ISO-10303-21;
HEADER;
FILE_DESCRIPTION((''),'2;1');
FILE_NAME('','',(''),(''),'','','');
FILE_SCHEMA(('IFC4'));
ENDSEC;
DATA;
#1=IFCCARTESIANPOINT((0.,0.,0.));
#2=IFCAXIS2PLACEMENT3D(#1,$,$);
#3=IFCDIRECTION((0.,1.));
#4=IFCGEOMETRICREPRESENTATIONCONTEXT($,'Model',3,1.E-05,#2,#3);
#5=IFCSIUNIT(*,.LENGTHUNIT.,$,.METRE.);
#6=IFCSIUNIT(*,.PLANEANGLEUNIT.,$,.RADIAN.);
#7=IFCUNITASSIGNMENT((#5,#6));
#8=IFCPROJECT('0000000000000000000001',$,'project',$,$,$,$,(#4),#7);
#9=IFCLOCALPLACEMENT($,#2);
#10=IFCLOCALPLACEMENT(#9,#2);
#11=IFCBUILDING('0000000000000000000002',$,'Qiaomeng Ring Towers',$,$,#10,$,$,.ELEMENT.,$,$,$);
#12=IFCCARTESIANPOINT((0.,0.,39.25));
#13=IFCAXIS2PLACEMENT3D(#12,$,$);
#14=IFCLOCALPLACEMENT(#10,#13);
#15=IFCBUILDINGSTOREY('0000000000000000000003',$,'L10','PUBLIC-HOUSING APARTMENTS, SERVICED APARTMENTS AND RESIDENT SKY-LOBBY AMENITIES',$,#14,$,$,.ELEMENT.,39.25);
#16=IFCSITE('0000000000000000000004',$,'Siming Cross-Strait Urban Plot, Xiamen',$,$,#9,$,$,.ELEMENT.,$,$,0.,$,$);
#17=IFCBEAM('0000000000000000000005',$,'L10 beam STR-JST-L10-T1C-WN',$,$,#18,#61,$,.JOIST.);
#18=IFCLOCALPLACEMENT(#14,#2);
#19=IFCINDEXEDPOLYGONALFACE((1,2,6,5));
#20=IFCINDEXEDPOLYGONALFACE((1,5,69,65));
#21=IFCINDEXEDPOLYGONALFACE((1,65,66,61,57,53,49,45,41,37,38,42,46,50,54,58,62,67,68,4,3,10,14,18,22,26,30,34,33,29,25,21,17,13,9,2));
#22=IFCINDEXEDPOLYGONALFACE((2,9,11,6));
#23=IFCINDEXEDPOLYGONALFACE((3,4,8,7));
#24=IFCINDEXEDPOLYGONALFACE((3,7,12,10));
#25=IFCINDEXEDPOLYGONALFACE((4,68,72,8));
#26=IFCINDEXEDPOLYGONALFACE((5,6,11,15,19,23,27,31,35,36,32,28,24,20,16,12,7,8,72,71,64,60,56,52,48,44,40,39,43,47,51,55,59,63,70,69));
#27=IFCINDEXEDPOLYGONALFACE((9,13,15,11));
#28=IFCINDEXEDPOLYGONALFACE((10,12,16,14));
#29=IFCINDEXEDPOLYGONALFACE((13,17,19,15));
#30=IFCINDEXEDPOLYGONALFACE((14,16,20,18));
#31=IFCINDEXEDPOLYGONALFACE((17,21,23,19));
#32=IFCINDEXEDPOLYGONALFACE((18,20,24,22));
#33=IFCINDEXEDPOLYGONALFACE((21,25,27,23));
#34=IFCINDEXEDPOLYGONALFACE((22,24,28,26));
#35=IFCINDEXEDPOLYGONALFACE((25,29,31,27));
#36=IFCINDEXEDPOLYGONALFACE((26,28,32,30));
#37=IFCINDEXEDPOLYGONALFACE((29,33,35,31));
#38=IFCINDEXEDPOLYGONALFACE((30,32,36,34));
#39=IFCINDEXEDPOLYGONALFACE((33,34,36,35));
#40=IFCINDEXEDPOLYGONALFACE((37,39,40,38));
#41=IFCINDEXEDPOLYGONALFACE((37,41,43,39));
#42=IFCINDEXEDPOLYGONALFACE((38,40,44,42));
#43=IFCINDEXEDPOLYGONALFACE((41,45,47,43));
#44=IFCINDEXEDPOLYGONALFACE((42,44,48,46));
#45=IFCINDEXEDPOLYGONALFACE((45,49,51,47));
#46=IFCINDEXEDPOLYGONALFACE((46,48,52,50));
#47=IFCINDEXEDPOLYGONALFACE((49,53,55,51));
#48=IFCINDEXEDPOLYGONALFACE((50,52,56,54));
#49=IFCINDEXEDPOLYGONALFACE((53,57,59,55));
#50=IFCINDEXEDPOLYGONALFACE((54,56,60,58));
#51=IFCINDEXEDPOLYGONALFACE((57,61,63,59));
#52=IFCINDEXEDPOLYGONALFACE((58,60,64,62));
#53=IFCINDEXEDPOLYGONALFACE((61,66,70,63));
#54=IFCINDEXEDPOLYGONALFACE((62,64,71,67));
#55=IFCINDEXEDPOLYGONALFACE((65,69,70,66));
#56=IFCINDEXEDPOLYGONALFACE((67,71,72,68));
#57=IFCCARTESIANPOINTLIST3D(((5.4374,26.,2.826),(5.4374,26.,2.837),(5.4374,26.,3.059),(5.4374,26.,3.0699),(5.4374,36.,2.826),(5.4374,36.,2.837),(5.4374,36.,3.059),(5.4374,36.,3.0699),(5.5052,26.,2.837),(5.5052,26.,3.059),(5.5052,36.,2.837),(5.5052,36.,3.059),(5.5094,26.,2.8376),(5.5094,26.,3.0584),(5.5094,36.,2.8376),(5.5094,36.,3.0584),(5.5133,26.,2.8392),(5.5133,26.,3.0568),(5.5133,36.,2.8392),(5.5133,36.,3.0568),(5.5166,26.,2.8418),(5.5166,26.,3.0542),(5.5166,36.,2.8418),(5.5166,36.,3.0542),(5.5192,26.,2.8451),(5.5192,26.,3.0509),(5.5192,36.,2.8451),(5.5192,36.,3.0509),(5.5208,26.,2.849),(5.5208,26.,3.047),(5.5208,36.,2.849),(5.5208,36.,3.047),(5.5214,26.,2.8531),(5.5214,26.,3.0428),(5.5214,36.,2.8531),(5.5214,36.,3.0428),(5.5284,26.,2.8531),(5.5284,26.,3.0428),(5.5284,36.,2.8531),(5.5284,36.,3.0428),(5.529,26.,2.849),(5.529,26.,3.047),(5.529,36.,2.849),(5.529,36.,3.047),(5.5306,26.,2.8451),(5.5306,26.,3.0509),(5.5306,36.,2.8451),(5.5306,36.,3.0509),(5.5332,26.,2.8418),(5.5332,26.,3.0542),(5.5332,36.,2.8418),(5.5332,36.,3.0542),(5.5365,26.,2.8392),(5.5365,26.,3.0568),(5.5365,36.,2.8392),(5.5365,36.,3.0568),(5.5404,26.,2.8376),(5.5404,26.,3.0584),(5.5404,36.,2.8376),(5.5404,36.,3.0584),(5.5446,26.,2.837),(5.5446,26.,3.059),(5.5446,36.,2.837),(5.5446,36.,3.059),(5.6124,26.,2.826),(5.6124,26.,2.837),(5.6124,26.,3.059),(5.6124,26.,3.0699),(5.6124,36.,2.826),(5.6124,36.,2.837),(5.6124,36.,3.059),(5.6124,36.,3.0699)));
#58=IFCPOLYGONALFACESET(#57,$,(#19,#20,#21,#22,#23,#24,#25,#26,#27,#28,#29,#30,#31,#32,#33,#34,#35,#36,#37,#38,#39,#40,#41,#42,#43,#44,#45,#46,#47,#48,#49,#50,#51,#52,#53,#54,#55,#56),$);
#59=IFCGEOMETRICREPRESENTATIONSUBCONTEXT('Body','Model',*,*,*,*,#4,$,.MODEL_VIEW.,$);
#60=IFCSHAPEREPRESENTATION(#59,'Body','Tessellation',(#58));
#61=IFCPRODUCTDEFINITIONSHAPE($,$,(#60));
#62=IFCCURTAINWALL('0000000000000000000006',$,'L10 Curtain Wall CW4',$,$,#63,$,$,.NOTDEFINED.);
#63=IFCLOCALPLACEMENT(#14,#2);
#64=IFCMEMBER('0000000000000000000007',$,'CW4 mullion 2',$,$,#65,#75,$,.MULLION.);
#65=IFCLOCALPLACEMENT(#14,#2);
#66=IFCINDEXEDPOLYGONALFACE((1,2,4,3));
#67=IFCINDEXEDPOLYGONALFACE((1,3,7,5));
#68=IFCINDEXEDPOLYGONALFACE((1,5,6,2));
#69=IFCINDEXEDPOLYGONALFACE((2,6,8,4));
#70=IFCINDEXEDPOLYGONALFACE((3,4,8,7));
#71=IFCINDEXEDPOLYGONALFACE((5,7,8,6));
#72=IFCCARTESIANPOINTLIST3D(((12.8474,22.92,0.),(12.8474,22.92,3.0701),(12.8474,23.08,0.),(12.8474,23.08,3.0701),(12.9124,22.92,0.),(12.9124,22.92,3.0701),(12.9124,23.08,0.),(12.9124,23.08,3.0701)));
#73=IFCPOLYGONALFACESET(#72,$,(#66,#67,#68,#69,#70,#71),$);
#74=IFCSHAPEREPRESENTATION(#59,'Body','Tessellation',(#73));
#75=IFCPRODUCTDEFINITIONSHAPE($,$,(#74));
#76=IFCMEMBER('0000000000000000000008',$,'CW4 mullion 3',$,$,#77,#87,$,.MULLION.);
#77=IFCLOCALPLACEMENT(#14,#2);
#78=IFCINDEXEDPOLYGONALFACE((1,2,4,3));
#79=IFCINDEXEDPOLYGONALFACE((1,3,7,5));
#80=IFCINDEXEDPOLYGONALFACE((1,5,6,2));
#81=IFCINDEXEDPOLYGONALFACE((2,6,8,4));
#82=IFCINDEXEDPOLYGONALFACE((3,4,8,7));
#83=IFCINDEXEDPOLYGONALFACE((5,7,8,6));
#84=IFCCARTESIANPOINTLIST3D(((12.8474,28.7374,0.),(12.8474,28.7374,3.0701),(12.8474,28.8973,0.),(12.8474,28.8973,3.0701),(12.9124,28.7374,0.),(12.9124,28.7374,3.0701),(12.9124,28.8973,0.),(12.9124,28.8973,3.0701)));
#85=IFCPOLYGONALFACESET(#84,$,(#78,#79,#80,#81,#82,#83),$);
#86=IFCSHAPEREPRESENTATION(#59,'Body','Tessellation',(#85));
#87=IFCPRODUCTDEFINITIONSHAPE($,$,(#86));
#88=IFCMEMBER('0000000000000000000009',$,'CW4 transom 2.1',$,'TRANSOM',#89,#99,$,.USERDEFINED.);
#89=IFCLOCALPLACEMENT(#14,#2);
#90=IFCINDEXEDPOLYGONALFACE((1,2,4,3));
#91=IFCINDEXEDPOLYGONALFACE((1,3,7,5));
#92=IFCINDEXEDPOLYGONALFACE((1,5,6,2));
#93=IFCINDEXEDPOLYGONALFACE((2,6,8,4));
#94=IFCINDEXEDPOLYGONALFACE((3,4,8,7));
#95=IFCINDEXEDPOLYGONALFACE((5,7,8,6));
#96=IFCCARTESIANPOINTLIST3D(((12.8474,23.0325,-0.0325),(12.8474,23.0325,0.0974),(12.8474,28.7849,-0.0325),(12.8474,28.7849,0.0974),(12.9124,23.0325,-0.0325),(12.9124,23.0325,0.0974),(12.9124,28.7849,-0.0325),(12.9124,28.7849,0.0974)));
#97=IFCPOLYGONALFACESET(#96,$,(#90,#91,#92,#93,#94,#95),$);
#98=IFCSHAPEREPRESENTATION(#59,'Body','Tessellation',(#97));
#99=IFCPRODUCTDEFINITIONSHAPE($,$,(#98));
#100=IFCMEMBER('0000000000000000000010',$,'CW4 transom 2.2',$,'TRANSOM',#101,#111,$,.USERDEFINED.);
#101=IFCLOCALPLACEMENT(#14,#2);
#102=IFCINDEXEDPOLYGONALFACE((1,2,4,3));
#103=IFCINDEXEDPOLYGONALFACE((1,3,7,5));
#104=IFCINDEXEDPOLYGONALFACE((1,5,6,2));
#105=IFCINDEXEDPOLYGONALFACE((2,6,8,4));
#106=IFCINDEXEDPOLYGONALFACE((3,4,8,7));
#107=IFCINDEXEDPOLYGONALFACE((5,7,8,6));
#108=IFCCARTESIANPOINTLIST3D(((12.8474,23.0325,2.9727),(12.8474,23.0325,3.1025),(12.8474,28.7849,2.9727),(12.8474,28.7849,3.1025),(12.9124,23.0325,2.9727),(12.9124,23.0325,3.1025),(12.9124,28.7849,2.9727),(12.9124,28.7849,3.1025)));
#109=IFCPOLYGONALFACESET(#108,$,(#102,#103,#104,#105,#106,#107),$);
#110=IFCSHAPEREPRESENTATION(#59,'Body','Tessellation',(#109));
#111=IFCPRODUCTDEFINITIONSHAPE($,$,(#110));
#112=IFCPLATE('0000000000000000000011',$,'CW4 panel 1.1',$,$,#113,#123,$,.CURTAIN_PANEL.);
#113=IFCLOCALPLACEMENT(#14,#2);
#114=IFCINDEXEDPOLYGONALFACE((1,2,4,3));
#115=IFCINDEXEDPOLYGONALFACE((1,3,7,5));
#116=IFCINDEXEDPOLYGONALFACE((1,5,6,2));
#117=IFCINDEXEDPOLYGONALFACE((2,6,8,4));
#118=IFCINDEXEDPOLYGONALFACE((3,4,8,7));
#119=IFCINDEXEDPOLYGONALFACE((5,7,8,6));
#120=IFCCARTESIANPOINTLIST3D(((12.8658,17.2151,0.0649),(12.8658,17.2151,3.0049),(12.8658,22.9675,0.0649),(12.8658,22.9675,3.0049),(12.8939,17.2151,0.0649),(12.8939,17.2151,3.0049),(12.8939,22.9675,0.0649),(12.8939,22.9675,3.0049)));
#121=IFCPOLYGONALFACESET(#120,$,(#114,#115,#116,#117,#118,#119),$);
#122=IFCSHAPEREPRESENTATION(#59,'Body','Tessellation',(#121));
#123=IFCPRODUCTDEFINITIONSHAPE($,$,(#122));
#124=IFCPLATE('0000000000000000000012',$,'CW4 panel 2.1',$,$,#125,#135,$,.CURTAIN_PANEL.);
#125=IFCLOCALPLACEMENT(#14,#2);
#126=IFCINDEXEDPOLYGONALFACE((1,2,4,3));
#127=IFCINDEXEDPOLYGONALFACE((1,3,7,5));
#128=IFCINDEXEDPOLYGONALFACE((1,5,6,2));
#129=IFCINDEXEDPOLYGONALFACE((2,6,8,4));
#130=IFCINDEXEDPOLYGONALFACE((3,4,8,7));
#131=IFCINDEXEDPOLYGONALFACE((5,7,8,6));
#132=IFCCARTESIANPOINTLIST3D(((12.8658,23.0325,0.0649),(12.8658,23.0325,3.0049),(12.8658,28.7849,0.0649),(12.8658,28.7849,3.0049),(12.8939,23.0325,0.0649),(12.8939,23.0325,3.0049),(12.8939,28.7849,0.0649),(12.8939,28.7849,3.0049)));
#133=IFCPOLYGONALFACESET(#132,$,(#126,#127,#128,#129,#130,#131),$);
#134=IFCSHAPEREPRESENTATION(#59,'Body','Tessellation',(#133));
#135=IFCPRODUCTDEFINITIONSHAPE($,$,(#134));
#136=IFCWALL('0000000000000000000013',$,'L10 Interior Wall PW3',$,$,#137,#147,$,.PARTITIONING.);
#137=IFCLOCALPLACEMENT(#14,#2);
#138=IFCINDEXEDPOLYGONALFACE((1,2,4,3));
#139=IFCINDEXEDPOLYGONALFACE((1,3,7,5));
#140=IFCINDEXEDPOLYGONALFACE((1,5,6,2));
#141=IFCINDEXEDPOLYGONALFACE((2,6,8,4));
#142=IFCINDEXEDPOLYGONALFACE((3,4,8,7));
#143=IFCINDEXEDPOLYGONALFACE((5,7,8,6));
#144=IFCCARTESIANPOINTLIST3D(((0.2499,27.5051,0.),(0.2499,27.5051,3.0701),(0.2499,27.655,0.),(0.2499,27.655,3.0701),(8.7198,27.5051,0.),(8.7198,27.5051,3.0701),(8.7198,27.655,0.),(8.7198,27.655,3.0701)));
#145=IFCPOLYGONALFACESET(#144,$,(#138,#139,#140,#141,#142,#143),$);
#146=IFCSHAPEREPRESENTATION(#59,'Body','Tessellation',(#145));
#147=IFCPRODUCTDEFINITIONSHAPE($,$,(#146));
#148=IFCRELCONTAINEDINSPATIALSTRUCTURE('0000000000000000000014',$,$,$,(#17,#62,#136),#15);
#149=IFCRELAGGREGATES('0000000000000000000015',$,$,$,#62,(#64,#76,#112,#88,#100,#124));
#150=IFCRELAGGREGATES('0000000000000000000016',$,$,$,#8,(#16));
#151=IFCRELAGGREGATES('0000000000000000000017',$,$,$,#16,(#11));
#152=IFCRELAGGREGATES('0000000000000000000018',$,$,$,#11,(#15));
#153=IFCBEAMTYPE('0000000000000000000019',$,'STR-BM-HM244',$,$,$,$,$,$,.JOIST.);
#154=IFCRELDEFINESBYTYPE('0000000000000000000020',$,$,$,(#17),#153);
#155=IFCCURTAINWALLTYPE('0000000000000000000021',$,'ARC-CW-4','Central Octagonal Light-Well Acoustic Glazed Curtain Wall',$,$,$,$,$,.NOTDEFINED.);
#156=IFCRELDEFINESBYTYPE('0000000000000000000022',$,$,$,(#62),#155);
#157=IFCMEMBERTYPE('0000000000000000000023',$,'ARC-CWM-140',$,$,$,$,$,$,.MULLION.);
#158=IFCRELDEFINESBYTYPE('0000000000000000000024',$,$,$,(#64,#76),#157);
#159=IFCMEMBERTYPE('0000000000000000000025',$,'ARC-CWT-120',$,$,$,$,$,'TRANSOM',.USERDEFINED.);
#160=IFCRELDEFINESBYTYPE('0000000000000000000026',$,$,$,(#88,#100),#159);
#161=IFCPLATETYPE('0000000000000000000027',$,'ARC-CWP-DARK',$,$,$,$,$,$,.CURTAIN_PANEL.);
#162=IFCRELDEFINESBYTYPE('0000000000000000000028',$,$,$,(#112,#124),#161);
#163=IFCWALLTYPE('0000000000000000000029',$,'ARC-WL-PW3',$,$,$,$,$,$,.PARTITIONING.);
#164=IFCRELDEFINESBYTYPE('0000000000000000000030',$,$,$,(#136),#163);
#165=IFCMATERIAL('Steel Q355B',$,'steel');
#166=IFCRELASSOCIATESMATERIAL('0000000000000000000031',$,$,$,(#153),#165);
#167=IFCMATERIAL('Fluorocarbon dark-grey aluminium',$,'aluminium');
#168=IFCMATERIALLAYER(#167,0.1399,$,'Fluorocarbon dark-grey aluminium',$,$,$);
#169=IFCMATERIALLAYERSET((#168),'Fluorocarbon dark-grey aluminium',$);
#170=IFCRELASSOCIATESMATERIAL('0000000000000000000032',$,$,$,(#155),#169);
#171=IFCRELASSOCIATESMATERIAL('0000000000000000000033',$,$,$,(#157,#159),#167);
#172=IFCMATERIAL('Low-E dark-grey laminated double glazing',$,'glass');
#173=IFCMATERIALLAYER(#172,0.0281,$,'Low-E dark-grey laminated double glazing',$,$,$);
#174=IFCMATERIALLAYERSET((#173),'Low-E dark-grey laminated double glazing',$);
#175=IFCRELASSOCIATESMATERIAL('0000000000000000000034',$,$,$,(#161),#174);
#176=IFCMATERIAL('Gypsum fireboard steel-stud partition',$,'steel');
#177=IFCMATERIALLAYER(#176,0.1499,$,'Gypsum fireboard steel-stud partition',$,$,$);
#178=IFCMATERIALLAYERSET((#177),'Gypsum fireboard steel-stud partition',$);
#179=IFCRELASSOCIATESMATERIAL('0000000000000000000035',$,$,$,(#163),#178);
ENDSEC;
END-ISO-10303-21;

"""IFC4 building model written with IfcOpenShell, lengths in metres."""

from ifc_helpers import new_model, si_unit, direction, frame, frame_2d, origin, origin_2d, place, context, subcontext, project, spatial, rectangle, i_section, extrude, source, transform, mapped, material, layer, layer_set, material_profile, profile_set, type_object, element, aggregate, save


model = new_model("IFC4")

# Units and contexts
model_context = context("Model", 3, precision=1e-05, world=origin(), true_north=direction((0.0, 1.0)))
body_context = subcontext(model_context, "Body", "Model", "MODEL_VIEW")
ifc_project = project(units=[si_unit("LENGTHUNIT", "METRE"), si_unit("PLANEANGLEUNIT", "RADIAN")], contexts=[model_context])

# Site, building, storey
site_placement = place(None, origin())
site = spatial("IfcSite", under=ifc_project, at=site_placement, Name="Siming Cross-Strait Urban Plot, Xiamen", CompositionType="ELEMENT", RefElevation=0.0)
building_placement = place(site_placement, origin())
building = spatial("IfcBuilding", under=site, at=building_placement, Name="Qiaomeng Ring Towers", CompositionType="ELEMENT")
storey_placement = place(building_placement, frame((0.0, 0.0, 39.25)))
storey = spatial("IfcBuildingStorey", under=building, at=storey_placement, Name="L10", Description="PUBLIC-HOUSING APARTMENTS, SERVICED APARTMENTS AND RESIDENT SKY-LOBBY AMENITIES", CompositionType="ELEMENT", Elevation=39.25)

# Beam
ifc_material_1 = material(Name="Steel Q355B", Category="steel")
ifc_material_profile_1 = material_profile(ifc_material_1, i_section(OverallWidth=0.175, OverallDepth=0.2439, WebThickness=0.0071, FlangeThickness=0.011, FilletRadius=0.0161, at=origin_2d()), Name="HM 244x175x7x11")
ifc_profile_set_1 = profile_set([ifc_material_profile_1], Name="Steel Q355B")
beam_type_1 = type_object("IfcBeamType", Name="STR-BM-HM244", PredefinedType="JOIST", material=ifc_profile_set_1)
shared_shape_1 = source(origin(), body_context, "Body", "SweptSolid", [
    extrude(i_section(OverallWidth=0.175, OverallDepth=0.2439, WebThickness=0.0071, FlangeThickness=0.011, FilletRadius=0.0161, at=origin_2d()), origin(), (0.0, 0.0, 1.0), 10.0),
])
beam_1_placement = place(storey_placement, frame((5.5249, 26.0, 2.948), z_axis=(0.0, 1.0, 0.0), x_axis=(-1.0, 0.0, 0.0)))
element("IfcBeam", 1, at=beam_1_placement, inside=storey, type_object=beam_type_1, Name="L10 beam STR-JST-L10-T1C-WN", PredefinedType="JOIST", context=body_context, shape_type="MappedRepresentation", body=[
    mapped(shared_shape_1, transform((0.0, 0.0, 0.0), x_axis=(1.0, 0.0, 0.0), y_axis=(0.0, 1.0, 0.0), z_axis=(0.0, 0.0, 1.0), scale=1.0)),
])

# Curtain wall, members, plates
ifc_material_2 = material(Name="Fluorocarbon dark-grey aluminium", Category="aluminium")
ifc_layer_1 = layer(ifc_material_2, 0.1399, Name="Fluorocarbon dark-grey aluminium")
ifc_layer_set_1 = layer_set([ifc_layer_1], Name="Fluorocarbon dark-grey aluminium")
curtain_wall_type = type_object("IfcCurtainWallType", Name="ARC-CW-4", Description="Central Octagonal Light-Well Acoustic Glazed Curtain Wall", PredefinedType="NOTDEFINED", material=ifc_layer_set_1)
curtain_wall_placement = place(storey_placement, origin())
curtain_wall = element("IfcCurtainWall", 2, at=curtain_wall_placement, inside=storey, type_object=curtain_wall_type, Name="L10 Curtain Wall CW4", PredefinedType="NOTDEFINED")
ifc_material_profile_2 = material_profile(ifc_material_2, rectangle(XDim=0.0649, YDim=0.1599, at=origin_2d()), Name="ALU MULL 65x160")
ifc_profile_set_2 = profile_set([ifc_material_profile_2], Name="Fluorocarbon dark-grey aluminium")
member_type_1 = type_object("IfcMemberType", Name="ARC-CWM-140", PredefinedType="MULLION", material=ifc_profile_set_2)
shared_shape_2 = source(origin(), body_context, "Body", "SweptSolid", [
    extrude(rectangle(XDim=0.0649, YDim=0.1599, at=origin_2d()), origin(), (0.0, 0.0, 1.0), 3.0701),
])
member_1_placement = place(storey_placement, frame((12.8799, 23.0, 0.0), z_axis=(0.0, 0.0, 1.0), x_axis=(-1.0, 0.0, 0.0)))
member_1 = element("IfcMember", 3, at=member_1_placement, type_object=member_type_1, Name="CW4 mullion 2", PredefinedType="MULLION", context=body_context, shape_type="MappedRepresentation", body=[
    mapped(shared_shape_2, transform((0.0, 0.0, 0.0), x_axis=(1.0, 0.0, 0.0), y_axis=(0.0, 1.0, 0.0), z_axis=(0.0, 0.0, 1.0), scale=1.0)),
])
member_2_placement = place(storey_placement, frame((12.8799, 28.8174, 0.0), z_axis=(0.0, 0.0, 1.0), x_axis=(-1.0, 0.0, 0.0)))
member_2 = element("IfcMember", 4, at=member_2_placement, type_object=member_type_1, Name="CW4 mullion 3", PredefinedType="MULLION", context=body_context, shape_type="MappedRepresentation", body=[
    mapped(shared_shape_2, transform((0.0, 0.0, 0.0), x_axis=(1.0, 0.0, 0.0), y_axis=(0.0, 1.0, 0.0), z_axis=(0.0, 0.0, 1.0), scale=1.0)),
])
ifc_material_profile_3 = material_profile(ifc_material_2, rectangle(XDim=0.0649, YDim=0.1299, at=origin_2d()), Name="ALU TRAN 65x130")
ifc_profile_set_3 = profile_set([ifc_material_profile_3], Name="Fluorocarbon dark-grey aluminium")
member_type_2 = type_object("IfcMemberType", Name="ARC-CWT-120", ElementType="TRANSOM", PredefinedType="USERDEFINED", material=ifc_profile_set_3)
shared_shape_3 = source(origin(), body_context, "Body", "SweptSolid", [
    extrude(rectangle(XDim=0.0649, YDim=0.1299, at=origin_2d()), origin(), (0.0, 0.0, 1.0), 5.7524),
])
member_3_placement = place(storey_placement, frame((12.8799, 23.0325, 0.0325), z_axis=(0.0, 1.0, 0.0), x_axis=(-1.0, 0.0, 0.0)))
member_3 = element("IfcMember", 5, at=member_3_placement, type_object=member_type_2, Name="CW4 transom 2.1", ObjectType="TRANSOM", PredefinedType="USERDEFINED", context=body_context, shape_type="MappedRepresentation", body=[
    mapped(shared_shape_3, transform((0.0, 0.0, 0.0), x_axis=(1.0, 0.0, 0.0), y_axis=(0.0, 1.0, 0.0), z_axis=(0.0, 0.0, 1.0), scale=1.0)),
])
member_4_placement = place(storey_placement, frame((12.8799, 23.0325, 3.0376), z_axis=(0.0, 1.0, 0.0), x_axis=(-1.0, 0.0, 0.0)))
member_4 = element("IfcMember", 6, at=member_4_placement, type_object=member_type_2, Name="CW4 transom 2.2", ObjectType="TRANSOM", PredefinedType="USERDEFINED", context=body_context, shape_type="MappedRepresentation", body=[
    mapped(shared_shape_3, transform((0.0, 0.0, 0.0), x_axis=(1.0, 0.0, 0.0), y_axis=(0.0, 1.0, 0.0), z_axis=(0.0, 0.0, 1.0), scale=1.0)),
])
ifc_material_3 = material(Name="Low-E dark-grey laminated double glazing", Category="glass")
ifc_layer_2 = layer(ifc_material_3, 0.0281, Name="Low-E dark-grey laminated double glazing")
ifc_layer_set_2 = layer_set([ifc_layer_2], Name="Low-E dark-grey laminated double glazing")
plate_type = type_object("IfcPlateType", Name="ARC-CWP-DARK", PredefinedType="CURTAIN_PANEL", material=ifc_layer_set_2)
shared_shape_4 = source(origin(), body_context, "Body", "SweptSolid", [
    extrude(rectangle(XDim=5.7524, YDim=0.0281, at=origin_2d()), origin(), (0.0, 0.0, 1.0), 2.9399),
])
plate_1_placement = place(storey_placement, frame((12.8799, 20.0913, 0.0649), z_axis=(0.0, 0.0, 1.0), x_axis=(0.0, 1.0, 0.0)))
plate_1 = element("IfcPlate", 7, at=plate_1_placement, type_object=plate_type, Name="CW4 panel 1.1", PredefinedType="CURTAIN_PANEL", context=body_context, shape_type="MappedRepresentation", body=[
    mapped(shared_shape_4, transform((0.0, 0.0, 0.0), x_axis=(1.0, 0.0, 0.0), y_axis=(0.0, 1.0, 0.0), z_axis=(0.0, 0.0, 1.0), scale=1.0)),
])
plate_2_placement = place(storey_placement, frame((12.8799, 25.9087, 0.0649), z_axis=(0.0, 0.0, 1.0), x_axis=(0.0, 1.0, 0.0)))
plate_2 = element("IfcPlate", 8, at=plate_2_placement, type_object=plate_type, Name="CW4 panel 2.1", PredefinedType="CURTAIN_PANEL", context=body_context, shape_type="MappedRepresentation", body=[
    mapped(shared_shape_4, transform((0.0, 0.0, 0.0), x_axis=(1.0, 0.0, 0.0), y_axis=(0.0, 1.0, 0.0), z_axis=(0.0, 0.0, 1.0), scale=1.0)),
])
aggregate(curtain_wall, [member_1, member_2, plate_1, member_3, member_4, plate_2])

# Wall
ifc_material_4 = material(Name="Gypsum fireboard steel-stud partition", Category="steel")
ifc_layer_3 = layer(ifc_material_4, 0.1499, Name="Gypsum fireboard steel-stud partition")
ifc_layer_set_3 = layer_set([ifc_layer_3], Name="Gypsum fireboard steel-stud partition")
wall_type_1 = type_object("IfcWallType", Name="ARC-WL-PW3", PredefinedType="PARTITIONING", material=ifc_layer_set_3)
wall_1_placement = place(storey_placement, frame((0.25, 27.5801, 0.0), z_axis=(0.0, 0.0, 1.0), x_axis=(1.0, 0.0, 0.0)))
element("IfcWall", 9, at=wall_1_placement, inside=storey, type_object=wall_type_1, Name="L10 Interior Wall PW3", PredefinedType="PARTITIONING", context=body_context, shape_type="SweptSolid", body=[
    extrude(rectangle(XDim=8.47, YDim=0.1499, at=frame_2d((4.2349, 0.0))), origin(), (0.0, 0.0, 1.0), 3.0701),
])

save(model, "model.ifc")
